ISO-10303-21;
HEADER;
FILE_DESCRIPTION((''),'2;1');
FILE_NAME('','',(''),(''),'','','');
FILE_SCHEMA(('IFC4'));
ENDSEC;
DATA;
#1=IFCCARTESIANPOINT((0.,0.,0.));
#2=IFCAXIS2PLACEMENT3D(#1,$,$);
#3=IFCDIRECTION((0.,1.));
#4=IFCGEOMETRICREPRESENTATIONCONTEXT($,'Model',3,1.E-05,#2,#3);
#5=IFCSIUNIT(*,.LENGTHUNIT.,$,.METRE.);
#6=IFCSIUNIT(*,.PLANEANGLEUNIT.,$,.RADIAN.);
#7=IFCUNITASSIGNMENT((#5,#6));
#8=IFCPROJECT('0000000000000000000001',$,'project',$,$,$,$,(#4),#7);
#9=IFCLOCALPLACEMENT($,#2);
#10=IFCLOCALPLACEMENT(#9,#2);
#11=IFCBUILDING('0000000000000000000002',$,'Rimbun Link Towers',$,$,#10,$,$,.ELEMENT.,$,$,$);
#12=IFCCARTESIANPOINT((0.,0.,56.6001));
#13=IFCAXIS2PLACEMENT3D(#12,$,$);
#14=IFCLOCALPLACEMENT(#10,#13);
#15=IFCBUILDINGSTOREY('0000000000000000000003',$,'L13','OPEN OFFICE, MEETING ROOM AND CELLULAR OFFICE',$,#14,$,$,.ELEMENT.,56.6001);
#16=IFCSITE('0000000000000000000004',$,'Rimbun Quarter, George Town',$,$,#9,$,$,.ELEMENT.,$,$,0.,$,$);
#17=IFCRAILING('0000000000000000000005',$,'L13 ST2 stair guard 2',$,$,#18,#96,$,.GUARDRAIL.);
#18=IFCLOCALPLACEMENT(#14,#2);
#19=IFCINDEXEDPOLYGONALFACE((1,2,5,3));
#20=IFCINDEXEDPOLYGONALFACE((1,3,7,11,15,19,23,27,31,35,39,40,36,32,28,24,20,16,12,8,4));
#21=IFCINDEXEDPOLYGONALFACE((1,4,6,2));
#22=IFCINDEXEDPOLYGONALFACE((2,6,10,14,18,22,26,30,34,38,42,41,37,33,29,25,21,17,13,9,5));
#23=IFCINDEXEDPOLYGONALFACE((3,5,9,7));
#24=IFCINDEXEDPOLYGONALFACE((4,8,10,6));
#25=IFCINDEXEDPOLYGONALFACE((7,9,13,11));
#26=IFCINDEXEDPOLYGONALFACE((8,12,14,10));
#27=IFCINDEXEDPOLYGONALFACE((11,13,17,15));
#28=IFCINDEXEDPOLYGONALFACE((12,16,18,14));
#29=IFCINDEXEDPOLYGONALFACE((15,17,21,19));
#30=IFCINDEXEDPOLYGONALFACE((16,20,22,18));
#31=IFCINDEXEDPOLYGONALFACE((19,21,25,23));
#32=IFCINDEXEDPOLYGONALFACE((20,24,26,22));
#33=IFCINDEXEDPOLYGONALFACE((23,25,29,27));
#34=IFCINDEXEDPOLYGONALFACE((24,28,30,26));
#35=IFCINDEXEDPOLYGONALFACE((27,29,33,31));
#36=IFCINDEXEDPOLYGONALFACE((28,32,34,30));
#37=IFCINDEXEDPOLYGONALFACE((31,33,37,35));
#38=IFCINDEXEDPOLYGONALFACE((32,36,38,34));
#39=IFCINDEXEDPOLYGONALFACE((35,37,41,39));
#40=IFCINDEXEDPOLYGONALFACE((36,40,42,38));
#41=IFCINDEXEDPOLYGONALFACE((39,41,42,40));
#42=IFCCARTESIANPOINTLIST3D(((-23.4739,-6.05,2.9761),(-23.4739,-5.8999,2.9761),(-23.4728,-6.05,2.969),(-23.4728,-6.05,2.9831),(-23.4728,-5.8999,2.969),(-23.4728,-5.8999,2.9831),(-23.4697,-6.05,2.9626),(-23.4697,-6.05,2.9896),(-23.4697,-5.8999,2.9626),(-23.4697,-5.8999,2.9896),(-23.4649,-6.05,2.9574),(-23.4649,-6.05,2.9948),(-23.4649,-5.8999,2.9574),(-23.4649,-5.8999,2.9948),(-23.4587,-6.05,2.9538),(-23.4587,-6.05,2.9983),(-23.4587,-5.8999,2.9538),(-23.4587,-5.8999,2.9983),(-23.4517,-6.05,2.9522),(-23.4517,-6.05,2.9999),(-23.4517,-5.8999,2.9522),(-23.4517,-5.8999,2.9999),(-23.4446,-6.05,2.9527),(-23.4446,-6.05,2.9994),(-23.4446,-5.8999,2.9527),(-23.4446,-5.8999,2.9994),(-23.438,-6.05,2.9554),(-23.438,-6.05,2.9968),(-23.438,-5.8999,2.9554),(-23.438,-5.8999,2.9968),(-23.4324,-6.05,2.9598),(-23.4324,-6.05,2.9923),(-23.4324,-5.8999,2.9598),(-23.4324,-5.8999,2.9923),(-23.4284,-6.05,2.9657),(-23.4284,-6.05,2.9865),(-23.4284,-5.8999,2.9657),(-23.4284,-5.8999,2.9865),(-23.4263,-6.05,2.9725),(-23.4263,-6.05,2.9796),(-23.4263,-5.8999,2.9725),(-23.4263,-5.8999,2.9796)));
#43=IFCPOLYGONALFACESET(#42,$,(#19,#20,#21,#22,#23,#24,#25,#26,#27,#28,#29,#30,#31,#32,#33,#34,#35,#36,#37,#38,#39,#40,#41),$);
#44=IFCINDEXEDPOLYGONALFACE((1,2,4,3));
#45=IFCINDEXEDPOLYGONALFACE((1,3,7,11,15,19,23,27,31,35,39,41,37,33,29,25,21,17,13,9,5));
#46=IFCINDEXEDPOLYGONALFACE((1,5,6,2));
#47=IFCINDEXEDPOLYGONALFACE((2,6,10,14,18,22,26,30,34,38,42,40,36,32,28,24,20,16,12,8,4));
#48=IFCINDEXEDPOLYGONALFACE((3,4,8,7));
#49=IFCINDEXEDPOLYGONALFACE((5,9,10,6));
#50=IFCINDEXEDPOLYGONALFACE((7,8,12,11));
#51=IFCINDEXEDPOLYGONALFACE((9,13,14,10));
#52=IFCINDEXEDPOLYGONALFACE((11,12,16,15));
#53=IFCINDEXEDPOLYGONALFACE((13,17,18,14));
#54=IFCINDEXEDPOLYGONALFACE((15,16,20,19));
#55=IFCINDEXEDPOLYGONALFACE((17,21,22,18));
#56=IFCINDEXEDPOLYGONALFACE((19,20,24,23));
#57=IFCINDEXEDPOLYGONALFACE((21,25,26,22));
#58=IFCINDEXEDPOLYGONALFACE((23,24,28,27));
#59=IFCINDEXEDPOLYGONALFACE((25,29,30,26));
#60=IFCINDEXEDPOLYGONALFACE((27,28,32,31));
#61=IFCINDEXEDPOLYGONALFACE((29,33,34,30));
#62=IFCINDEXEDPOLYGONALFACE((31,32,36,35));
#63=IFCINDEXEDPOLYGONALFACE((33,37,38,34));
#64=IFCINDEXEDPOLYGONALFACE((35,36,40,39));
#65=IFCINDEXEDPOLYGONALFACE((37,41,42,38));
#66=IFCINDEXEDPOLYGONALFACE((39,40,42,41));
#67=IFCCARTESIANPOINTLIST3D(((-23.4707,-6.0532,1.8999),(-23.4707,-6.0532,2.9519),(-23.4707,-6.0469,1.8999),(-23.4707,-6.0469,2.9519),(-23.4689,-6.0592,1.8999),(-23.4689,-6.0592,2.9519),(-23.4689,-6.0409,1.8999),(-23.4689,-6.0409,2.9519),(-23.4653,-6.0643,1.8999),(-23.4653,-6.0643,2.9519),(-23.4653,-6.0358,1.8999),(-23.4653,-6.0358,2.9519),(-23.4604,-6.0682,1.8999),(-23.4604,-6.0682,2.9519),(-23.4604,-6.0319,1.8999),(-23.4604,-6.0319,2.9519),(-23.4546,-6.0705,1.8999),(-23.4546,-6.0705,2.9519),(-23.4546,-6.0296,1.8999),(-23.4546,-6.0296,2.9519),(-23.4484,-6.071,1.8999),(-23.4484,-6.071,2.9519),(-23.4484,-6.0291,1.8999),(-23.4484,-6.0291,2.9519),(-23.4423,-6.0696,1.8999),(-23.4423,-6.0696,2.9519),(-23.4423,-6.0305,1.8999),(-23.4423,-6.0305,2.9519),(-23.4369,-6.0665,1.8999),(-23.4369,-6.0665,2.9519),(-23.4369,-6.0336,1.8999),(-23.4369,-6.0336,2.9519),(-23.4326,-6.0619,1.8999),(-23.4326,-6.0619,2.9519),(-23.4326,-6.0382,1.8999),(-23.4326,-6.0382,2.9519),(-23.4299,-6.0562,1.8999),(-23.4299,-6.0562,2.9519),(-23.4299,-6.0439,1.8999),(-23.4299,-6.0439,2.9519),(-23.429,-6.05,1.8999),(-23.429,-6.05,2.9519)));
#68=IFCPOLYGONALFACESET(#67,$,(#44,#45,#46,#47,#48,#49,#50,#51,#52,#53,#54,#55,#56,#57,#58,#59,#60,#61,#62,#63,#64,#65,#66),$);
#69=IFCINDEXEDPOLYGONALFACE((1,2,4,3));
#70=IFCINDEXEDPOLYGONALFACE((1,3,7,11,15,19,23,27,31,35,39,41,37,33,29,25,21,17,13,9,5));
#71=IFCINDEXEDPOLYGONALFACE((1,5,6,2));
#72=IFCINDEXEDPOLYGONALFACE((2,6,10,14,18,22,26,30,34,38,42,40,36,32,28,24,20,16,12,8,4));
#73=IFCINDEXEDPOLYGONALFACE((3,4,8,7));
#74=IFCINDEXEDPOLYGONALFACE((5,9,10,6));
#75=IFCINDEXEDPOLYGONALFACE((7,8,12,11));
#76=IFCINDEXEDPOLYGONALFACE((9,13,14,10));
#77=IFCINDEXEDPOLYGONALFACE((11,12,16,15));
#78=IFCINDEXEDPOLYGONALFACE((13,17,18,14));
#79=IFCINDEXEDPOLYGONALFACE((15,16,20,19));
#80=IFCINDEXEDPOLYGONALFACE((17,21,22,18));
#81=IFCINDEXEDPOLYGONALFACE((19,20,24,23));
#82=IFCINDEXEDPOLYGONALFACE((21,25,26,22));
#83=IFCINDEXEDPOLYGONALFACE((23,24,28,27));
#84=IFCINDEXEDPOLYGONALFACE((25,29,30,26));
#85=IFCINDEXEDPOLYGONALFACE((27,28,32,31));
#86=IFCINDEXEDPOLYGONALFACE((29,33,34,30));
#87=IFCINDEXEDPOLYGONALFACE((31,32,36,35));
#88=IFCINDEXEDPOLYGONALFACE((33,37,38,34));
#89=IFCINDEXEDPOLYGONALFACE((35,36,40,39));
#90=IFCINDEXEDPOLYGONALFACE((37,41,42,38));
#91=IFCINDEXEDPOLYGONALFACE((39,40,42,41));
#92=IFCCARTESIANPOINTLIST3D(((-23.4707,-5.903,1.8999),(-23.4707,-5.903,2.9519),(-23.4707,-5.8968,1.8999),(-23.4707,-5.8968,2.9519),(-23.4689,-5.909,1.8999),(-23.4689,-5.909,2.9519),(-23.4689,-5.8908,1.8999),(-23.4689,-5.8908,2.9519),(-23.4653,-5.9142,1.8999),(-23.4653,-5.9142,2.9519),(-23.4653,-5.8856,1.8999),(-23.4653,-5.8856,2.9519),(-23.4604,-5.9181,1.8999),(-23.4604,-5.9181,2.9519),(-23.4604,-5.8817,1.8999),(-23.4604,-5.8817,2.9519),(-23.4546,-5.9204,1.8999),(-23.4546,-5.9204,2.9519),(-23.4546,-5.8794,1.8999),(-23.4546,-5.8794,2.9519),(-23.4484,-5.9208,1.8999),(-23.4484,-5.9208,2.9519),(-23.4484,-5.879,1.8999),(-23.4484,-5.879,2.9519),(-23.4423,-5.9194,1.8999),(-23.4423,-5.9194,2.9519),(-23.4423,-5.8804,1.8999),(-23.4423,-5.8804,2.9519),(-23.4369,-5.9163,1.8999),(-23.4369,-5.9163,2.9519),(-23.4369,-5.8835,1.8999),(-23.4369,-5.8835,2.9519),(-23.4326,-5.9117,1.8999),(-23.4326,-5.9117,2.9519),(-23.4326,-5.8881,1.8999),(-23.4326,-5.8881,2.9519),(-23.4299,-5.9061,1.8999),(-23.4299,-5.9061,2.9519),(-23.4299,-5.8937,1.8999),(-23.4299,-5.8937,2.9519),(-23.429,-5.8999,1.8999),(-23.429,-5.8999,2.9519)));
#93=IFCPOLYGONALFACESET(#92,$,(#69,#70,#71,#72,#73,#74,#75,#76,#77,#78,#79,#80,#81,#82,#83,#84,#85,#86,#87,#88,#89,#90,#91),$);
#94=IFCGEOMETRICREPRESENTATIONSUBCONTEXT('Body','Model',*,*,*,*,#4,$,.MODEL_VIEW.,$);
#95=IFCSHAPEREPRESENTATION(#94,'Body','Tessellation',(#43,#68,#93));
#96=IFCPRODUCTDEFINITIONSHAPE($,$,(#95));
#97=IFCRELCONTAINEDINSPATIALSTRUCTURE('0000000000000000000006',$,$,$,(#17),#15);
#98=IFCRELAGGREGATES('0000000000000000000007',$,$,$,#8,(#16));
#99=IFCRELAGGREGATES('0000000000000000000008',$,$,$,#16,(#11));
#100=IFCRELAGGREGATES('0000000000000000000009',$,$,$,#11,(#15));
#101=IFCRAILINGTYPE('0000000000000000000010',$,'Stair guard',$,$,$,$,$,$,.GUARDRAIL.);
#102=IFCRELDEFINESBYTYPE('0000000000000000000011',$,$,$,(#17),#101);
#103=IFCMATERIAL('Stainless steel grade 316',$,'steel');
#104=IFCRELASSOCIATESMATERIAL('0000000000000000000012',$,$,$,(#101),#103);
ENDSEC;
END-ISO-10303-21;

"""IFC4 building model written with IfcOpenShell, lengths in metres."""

from ifc_helpers import new_model, si_unit, direction, frame, origin, origin_2d, place, context, subcontext, project, spatial, circle, extrude, material, type_object, element, save


model = new_model("IFC4")

# Units and contexts
model_context = context("Model", 3, precision=1e-05, world=origin(), true_north=direction((0.0, 1.0)))
body_context = subcontext(model_context, "Body", "Model", "MODEL_VIEW")
ifc_project = project(units=[si_unit("LENGTHUNIT", "METRE"), si_unit("PLANEANGLEUNIT", "RADIAN")], contexts=[model_context])

# Site, building, storey
site_placement = place(None, origin())
site = spatial("IfcSite", under=ifc_project, at=site_placement, Name="Rimbun Quarter, George Town", CompositionType="ELEMENT", RefElevation=0.0)
building_placement = place(site_placement, origin())
building = spatial("IfcBuilding", under=site, at=building_placement, Name="Rimbun Link Towers", CompositionType="ELEMENT")
storey_placement = place(building_placement, frame((0.0, 0.0, 56.6001)))
storey = spatial("IfcBuildingStorey", under=building, at=storey_placement, Name="L13", Description="OPEN OFFICE, MEETING ROOM AND CELLULAR OFFICE", CompositionType="ELEMENT", Elevation=56.6001)

# Railing
ifc_material_1 = material(Name="Stainless steel grade 316", Category="steel")
railing_type_1 = type_object("IfcRailingType", Name="Stair guard", PredefinedType="GUARDRAIL", material=ifc_material_1)
railing_1_placement = place(storey_placement, frame((-23.45, -6.05, 1.8999)))
element("IfcRailing", 1, at=railing_1_placement, inside=storey, type_object=railing_type_1, Name="L13 ST2 stair guard 2", PredefinedType="GUARDRAIL", context=body_context, shape_type="SweptSolid", body=[
    extrude(circle(Radius=0.0239, at=origin_2d()), frame((0.0, 0.0, 1.0762), z_axis=(0.0, 1.0, 0.0), x_axis=(-1.0, 0.0, 0.0)), (0.0, 0.0, 1.0), 0.1501),
    extrude(circle(Radius=0.021, at=origin_2d()), origin(), (0.0, 0.0, 1.0), 1.052),
    extrude(circle(Radius=0.021, at=origin_2d()), frame((0.0, 0.1501, 0.0)), (0.0, 0.0, 1.0), 1.052),
])

save(model, "model.ifc")
